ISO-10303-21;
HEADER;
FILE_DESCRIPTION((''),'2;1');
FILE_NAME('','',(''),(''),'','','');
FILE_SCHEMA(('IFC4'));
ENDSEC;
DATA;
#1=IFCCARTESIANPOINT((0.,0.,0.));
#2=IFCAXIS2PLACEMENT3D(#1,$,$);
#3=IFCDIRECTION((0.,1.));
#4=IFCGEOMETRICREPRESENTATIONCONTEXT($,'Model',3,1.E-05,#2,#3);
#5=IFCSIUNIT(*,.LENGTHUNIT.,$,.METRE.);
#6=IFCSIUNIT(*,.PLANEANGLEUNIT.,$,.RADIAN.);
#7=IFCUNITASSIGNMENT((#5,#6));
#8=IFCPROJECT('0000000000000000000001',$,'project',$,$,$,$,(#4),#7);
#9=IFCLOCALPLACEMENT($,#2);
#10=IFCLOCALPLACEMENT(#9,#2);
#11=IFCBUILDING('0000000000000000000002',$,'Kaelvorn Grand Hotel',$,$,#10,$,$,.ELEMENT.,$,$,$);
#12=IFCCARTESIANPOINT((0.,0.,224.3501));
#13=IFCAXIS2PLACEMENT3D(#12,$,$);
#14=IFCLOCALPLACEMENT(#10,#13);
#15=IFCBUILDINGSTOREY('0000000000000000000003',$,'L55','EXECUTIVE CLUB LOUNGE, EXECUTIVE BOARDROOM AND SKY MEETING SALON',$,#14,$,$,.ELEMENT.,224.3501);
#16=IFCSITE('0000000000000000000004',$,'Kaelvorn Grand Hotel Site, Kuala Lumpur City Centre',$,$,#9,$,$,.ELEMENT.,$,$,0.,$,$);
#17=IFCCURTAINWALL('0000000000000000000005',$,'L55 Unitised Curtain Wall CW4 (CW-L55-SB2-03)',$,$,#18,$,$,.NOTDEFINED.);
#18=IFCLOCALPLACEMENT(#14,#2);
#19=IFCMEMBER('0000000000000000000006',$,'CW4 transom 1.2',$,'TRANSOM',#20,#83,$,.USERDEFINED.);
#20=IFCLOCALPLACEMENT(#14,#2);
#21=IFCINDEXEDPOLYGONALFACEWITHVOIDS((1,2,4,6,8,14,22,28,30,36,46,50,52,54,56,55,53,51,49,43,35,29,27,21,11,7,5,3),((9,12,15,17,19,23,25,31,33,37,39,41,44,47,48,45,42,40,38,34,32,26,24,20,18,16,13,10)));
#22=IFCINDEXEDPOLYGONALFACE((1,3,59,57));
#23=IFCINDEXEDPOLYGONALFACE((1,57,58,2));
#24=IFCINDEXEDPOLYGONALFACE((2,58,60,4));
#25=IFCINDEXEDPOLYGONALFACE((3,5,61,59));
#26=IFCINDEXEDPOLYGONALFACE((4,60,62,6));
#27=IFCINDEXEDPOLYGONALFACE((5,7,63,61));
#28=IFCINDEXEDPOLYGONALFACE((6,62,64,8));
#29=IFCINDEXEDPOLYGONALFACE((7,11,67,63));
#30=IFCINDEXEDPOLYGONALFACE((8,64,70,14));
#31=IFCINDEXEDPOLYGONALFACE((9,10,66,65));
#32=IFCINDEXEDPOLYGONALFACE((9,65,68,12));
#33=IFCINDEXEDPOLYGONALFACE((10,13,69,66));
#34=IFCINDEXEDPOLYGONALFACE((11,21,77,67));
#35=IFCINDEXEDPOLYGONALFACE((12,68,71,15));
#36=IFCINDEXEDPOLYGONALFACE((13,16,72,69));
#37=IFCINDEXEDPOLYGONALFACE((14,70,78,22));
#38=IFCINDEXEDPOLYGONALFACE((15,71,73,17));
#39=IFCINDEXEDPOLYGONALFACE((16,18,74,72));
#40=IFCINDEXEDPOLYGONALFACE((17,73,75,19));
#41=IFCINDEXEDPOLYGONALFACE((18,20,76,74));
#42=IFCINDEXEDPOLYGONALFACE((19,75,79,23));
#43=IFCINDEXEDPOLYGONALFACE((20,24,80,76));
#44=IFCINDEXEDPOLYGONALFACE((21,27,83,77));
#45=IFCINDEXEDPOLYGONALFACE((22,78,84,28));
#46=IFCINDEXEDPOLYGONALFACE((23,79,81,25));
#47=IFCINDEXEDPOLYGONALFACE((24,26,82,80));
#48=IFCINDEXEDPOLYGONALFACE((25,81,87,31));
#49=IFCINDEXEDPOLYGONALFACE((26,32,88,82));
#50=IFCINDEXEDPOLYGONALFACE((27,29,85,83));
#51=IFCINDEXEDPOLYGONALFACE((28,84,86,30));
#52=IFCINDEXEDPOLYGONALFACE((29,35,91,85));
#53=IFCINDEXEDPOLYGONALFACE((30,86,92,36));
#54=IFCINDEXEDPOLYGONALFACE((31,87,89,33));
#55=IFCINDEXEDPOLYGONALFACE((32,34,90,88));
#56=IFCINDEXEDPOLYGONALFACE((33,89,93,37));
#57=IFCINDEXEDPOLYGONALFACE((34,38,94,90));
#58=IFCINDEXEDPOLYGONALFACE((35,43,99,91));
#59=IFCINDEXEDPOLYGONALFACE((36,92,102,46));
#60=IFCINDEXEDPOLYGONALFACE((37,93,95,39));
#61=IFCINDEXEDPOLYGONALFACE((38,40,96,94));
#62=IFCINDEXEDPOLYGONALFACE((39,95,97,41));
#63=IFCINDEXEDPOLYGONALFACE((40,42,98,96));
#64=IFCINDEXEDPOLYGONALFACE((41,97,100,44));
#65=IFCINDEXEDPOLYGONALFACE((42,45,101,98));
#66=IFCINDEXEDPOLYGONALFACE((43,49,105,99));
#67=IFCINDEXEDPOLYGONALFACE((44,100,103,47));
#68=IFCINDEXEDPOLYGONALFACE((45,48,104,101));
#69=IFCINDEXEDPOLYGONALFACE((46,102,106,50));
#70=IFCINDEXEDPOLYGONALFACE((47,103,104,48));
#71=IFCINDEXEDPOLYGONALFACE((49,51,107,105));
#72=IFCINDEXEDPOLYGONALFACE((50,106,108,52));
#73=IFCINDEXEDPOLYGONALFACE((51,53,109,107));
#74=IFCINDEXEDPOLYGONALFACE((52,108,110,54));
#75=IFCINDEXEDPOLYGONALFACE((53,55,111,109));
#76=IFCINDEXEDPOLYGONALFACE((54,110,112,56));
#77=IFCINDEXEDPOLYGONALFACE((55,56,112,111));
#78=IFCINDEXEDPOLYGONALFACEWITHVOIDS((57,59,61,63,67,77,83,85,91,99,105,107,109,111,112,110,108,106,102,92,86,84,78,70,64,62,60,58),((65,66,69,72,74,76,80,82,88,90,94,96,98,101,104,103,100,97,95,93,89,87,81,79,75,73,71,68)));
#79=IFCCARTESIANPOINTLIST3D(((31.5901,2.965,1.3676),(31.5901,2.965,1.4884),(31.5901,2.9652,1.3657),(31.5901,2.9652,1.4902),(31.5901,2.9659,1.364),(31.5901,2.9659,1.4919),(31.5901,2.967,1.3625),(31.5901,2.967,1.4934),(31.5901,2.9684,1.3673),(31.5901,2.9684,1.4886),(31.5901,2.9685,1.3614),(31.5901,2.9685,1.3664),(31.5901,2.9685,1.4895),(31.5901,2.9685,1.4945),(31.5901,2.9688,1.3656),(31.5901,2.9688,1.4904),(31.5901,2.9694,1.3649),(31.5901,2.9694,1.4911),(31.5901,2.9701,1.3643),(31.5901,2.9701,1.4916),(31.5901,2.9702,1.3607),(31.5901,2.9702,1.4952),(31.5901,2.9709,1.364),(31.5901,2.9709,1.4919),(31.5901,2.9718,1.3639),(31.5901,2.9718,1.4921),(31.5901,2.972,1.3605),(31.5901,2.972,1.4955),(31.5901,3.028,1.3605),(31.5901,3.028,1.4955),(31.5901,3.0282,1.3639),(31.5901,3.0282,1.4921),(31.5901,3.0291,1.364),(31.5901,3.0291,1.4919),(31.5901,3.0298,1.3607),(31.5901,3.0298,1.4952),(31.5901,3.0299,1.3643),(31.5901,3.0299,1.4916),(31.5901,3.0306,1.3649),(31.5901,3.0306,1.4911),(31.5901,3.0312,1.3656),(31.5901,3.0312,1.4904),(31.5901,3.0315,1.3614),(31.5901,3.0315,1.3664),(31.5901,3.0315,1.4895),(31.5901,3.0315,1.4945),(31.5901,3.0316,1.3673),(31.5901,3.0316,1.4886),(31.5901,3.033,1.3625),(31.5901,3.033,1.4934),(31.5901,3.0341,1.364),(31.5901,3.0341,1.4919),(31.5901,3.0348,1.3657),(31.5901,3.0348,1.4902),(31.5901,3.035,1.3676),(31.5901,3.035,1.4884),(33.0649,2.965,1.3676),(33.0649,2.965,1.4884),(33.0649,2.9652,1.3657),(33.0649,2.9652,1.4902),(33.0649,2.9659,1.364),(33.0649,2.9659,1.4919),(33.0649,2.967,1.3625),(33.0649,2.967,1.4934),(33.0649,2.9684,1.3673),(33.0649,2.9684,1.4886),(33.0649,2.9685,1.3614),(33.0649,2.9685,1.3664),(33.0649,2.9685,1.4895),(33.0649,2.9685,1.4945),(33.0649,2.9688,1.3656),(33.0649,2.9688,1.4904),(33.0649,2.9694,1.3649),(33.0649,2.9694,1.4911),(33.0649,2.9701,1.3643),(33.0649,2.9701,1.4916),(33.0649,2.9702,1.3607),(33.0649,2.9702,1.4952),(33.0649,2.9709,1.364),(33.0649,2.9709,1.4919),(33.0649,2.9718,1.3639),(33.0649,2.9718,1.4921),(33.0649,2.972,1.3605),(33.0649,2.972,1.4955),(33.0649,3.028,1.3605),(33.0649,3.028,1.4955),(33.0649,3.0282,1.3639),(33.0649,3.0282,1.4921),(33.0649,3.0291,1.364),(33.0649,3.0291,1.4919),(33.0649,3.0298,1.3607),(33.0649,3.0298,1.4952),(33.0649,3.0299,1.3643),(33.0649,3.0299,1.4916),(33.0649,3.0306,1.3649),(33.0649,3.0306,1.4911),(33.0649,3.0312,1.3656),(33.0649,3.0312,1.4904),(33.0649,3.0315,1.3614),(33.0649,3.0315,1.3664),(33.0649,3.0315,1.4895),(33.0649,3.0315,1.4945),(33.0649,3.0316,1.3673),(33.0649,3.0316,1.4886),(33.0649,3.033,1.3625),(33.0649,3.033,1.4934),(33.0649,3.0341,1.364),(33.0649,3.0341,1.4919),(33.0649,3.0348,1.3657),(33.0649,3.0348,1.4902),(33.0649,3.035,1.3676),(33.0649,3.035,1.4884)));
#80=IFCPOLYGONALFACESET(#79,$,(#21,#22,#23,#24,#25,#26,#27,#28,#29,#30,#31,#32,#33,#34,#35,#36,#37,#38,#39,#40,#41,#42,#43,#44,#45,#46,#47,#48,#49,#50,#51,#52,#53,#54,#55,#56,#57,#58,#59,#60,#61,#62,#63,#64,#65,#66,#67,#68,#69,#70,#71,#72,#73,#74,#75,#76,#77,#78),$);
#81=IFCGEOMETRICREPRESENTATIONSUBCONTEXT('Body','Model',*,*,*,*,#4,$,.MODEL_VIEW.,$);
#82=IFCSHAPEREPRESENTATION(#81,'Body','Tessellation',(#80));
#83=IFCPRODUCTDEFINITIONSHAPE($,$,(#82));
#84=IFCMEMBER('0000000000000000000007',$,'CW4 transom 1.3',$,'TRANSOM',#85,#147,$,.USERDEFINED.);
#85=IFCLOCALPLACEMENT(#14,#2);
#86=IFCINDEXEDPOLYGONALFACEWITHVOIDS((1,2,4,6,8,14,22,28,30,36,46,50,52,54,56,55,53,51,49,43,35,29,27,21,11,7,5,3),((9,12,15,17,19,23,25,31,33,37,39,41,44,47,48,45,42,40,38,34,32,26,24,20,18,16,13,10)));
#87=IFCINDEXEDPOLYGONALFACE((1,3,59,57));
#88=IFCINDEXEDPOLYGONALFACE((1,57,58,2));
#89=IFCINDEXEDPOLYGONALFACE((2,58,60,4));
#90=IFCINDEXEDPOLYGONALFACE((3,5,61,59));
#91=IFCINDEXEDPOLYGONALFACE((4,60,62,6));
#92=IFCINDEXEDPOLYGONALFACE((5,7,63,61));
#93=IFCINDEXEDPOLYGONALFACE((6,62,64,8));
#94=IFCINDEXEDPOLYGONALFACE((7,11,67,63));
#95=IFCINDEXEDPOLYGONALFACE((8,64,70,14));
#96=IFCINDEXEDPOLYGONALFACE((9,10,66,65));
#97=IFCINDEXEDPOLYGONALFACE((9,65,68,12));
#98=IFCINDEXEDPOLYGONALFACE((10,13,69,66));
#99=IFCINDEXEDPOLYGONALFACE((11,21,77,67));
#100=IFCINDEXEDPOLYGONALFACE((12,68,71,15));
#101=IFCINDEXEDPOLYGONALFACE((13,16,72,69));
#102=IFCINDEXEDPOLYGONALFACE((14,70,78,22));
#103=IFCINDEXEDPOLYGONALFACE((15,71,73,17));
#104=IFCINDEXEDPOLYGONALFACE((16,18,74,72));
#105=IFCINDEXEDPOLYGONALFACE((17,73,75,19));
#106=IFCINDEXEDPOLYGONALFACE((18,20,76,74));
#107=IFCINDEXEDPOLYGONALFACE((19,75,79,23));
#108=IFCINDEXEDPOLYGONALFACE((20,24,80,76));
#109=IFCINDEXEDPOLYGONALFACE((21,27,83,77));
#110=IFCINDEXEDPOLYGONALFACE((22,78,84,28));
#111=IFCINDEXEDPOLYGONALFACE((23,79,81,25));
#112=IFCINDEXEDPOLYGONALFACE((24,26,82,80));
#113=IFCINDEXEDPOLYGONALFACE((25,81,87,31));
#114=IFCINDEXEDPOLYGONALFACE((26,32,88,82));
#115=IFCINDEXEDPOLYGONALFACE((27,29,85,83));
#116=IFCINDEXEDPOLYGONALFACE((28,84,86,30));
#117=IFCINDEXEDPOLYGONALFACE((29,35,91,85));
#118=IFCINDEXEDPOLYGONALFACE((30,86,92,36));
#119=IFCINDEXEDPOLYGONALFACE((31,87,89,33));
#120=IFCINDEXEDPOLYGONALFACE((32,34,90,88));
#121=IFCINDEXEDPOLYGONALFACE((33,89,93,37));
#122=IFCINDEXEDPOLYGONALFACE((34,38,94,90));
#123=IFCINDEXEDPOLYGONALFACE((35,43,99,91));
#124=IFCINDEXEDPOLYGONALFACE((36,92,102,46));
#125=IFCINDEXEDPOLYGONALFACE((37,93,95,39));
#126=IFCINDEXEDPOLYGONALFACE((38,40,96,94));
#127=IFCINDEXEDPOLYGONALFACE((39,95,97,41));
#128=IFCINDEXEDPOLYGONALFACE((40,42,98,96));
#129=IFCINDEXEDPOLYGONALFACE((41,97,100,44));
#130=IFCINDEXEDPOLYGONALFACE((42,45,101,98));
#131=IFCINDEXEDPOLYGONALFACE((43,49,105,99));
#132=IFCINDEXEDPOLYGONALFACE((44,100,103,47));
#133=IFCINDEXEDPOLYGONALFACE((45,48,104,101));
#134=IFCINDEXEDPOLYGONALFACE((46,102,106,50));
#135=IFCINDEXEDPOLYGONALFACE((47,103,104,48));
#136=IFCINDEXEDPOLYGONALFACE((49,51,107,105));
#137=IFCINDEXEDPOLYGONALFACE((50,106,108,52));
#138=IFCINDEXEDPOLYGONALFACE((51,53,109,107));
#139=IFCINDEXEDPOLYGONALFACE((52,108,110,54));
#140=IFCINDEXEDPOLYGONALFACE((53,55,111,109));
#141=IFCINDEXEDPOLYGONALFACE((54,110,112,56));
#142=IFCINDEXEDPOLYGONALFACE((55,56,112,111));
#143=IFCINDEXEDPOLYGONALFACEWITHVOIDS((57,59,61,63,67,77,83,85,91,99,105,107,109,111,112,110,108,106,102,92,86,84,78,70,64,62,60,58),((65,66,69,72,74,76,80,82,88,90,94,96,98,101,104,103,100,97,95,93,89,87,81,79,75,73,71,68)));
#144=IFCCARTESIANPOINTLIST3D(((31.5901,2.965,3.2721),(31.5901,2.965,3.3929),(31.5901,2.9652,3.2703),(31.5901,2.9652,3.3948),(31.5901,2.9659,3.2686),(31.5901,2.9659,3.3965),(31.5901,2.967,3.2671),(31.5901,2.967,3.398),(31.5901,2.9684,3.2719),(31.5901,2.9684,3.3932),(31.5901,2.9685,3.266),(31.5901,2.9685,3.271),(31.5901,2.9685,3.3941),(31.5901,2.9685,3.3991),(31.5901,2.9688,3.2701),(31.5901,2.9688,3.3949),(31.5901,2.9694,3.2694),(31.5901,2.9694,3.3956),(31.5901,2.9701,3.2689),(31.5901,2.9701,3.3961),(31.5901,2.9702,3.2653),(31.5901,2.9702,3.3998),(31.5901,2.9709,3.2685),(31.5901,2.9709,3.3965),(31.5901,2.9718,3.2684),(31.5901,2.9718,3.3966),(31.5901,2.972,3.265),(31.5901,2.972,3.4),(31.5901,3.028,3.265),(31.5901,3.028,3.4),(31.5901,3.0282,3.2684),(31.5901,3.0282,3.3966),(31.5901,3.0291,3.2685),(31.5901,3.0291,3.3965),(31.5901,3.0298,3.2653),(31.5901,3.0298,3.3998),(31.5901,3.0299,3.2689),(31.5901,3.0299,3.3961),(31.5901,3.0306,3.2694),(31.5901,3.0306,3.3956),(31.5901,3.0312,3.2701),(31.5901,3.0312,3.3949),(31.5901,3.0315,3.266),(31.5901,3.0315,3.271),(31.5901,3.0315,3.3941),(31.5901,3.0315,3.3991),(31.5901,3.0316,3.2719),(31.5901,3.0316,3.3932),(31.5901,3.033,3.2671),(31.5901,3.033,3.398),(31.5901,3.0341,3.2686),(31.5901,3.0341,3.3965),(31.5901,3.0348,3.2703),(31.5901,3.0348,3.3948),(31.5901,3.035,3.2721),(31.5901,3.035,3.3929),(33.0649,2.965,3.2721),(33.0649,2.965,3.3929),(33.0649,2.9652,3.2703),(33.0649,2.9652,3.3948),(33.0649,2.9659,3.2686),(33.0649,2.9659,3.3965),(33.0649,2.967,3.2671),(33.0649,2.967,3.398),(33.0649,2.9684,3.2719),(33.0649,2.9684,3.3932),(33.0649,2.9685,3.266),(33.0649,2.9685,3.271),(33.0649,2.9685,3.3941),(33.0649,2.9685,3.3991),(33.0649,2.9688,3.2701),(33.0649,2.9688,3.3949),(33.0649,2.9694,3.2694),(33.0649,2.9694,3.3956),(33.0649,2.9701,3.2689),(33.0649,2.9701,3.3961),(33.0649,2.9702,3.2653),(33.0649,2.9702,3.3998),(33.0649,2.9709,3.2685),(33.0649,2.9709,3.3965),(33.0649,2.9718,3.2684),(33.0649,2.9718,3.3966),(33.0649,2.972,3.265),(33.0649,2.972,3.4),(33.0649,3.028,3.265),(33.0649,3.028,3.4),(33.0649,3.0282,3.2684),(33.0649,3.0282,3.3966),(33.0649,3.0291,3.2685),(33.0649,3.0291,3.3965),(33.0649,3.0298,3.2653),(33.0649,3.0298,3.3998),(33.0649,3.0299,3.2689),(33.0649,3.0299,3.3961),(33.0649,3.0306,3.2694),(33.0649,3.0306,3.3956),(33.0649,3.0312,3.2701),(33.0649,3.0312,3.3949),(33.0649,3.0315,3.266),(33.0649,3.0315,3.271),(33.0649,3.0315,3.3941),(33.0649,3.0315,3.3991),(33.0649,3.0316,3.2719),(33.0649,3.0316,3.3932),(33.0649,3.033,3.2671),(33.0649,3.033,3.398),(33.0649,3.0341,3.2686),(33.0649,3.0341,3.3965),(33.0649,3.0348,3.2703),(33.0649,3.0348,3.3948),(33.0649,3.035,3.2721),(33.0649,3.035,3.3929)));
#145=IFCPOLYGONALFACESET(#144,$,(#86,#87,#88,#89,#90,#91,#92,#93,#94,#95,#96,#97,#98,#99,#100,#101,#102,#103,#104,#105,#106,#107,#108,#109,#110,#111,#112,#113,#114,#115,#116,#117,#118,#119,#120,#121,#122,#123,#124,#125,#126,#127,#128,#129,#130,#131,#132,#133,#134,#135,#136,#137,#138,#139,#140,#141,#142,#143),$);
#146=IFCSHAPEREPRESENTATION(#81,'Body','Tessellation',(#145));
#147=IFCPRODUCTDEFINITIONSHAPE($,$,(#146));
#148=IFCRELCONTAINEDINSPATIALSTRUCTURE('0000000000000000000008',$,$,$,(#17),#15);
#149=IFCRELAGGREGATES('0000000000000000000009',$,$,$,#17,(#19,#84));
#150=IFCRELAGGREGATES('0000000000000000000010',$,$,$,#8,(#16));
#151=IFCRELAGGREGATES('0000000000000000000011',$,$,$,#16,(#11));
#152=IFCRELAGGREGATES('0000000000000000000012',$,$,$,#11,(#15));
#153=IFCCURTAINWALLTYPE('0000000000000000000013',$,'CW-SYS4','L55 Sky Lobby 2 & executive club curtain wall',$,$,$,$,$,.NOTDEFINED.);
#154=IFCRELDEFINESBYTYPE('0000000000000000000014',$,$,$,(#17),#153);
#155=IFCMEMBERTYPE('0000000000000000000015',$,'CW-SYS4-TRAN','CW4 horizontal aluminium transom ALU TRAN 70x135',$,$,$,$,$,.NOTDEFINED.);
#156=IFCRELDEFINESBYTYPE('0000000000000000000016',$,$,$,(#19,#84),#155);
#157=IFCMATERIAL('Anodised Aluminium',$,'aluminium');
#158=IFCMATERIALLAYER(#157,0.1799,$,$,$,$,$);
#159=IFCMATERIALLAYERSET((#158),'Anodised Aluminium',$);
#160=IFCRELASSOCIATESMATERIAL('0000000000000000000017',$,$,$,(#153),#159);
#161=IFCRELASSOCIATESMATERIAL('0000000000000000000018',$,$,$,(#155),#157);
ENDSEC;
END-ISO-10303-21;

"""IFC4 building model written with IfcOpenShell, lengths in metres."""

from ifc_helpers import new_model, si_unit, direction, frame, origin, origin_2d, place, context, subcontext, project, spatial, hollow_rectangle, extrude, material, layer, layer_set, material_profile, profile_set, type_object, element, aggregate, save


model = new_model("IFC4")

# Units and contexts
model_context = context("Model", 3, precision=1e-05, world=origin(), true_north=direction((0.0, 1.0)))
body_context = subcontext(model_context, "Body", "Model", "MODEL_VIEW")
ifc_project = project(units=[si_unit("LENGTHUNIT", "METRE"), si_unit("PLANEANGLEUNIT", "RADIAN")], contexts=[model_context])

# Site, building, storey
site_placement = place(None, origin())
site = spatial("IfcSite", under=ifc_project, at=site_placement, Name="Kaelvorn Grand Hotel Site, Kuala Lumpur City Centre", CompositionType="ELEMENT", RefElevation=0.0)
building_placement = place(site_placement, origin())
building = spatial("IfcBuilding", under=site, at=building_placement, Name="Kaelvorn Grand Hotel", CompositionType="ELEMENT")
storey_placement = place(building_placement, frame((0.0, 0.0, 224.3501)))
storey = spatial("IfcBuildingStorey", under=building, at=storey_placement, Name="L55", Description="EXECUTIVE CLUB LOUNGE, EXECUTIVE BOARDROOM AND SKY MEETING SALON", CompositionType="ELEMENT", Elevation=224.3501)

# Shared definitions
ifc_material_1 = material(Name="Anodised Aluminium", Category="aluminium")
ifc_layer_1 = layer(ifc_material_1, 0.1799)
ifc_layer_set_1 = layer_set([ifc_layer_1], Name="Anodised Aluminium")
curtain_wall_type = type_object("IfcCurtainWallType", Name="CW-SYS4", Description="L55 Sky Lobby 2 & executive club curtain wall", PredefinedType="NOTDEFINED", material=ifc_layer_set_1)

# Curtain wall
curtain_wall_1_placement = place(storey_placement, origin())
curtain_wall_1 = element("IfcCurtainWall", 1, at=curtain_wall_1_placement, inside=storey, type_object=curtain_wall_type, Name="L55 Unitised Curtain Wall CW4 (CW-L55-SB2-03)", PredefinedType="NOTDEFINED")

# Members
ifc_material_profile_1 = material_profile(ifc_material_1, hollow_rectangle(XDim=0.0701, YDim=0.135, WallThickness=0.0034, InnerFilletRadius=0.0034, OuterFilletRadius=0.0071, at=origin_2d()), Name="ALU TRAN 70x135")
ifc_profile_set_1 = profile_set([ifc_material_profile_1], Name="Anodised Aluminium")
member_type_1 = type_object("IfcMemberType", Name="CW-SYS4-TRAN", Description="CW4 horizontal aluminium transom ALU TRAN 70x135", PredefinedType="NOTDEFINED", material=ifc_profile_set_1)
member_1_placement = place(storey_placement, frame((31.5901, 3.0, 1.428), z_axis=(1.0, 0.0, 0.0), x_axis=(0.0, 1.0, 0.0)))
member_1 = element("IfcMember", 2, at=member_1_placement, type_object=member_type_1, Name="CW4 transom 1.2", ObjectType="TRANSOM", PredefinedType="USERDEFINED", context=body_context, shape_type="SweptSolid", body=[
    extrude(hollow_rectangle(XDim=0.0701, YDim=0.135, WallThickness=0.0034, InnerFilletRadius=0.0034, OuterFilletRadius=0.0071, at=origin_2d()), origin(), (0.0, 0.0, 1.0), 1.4749),
])
member_2_placement = place(storey_placement, frame((31.5901, 3.0, 3.3325), z_axis=(1.0, 0.0, 0.0), x_axis=(0.0, 1.0, 0.0)))
member_2 = element("IfcMember", 3, at=member_2_placement, type_object=member_type_1, Name="CW4 transom 1.3", ObjectType="TRANSOM", PredefinedType="USERDEFINED", context=body_context, shape_type="SweptSolid", body=[
    extrude(hollow_rectangle(XDim=0.0701, YDim=0.135, WallThickness=0.0034, InnerFilletRadius=0.0034, OuterFilletRadius=0.0071, at=origin_2d()), origin(), (0.0, 0.0, 1.0), 1.4749),
])

aggregate(curtain_wall_1, [member_1, member_2])

save(model, "model.ifc")
